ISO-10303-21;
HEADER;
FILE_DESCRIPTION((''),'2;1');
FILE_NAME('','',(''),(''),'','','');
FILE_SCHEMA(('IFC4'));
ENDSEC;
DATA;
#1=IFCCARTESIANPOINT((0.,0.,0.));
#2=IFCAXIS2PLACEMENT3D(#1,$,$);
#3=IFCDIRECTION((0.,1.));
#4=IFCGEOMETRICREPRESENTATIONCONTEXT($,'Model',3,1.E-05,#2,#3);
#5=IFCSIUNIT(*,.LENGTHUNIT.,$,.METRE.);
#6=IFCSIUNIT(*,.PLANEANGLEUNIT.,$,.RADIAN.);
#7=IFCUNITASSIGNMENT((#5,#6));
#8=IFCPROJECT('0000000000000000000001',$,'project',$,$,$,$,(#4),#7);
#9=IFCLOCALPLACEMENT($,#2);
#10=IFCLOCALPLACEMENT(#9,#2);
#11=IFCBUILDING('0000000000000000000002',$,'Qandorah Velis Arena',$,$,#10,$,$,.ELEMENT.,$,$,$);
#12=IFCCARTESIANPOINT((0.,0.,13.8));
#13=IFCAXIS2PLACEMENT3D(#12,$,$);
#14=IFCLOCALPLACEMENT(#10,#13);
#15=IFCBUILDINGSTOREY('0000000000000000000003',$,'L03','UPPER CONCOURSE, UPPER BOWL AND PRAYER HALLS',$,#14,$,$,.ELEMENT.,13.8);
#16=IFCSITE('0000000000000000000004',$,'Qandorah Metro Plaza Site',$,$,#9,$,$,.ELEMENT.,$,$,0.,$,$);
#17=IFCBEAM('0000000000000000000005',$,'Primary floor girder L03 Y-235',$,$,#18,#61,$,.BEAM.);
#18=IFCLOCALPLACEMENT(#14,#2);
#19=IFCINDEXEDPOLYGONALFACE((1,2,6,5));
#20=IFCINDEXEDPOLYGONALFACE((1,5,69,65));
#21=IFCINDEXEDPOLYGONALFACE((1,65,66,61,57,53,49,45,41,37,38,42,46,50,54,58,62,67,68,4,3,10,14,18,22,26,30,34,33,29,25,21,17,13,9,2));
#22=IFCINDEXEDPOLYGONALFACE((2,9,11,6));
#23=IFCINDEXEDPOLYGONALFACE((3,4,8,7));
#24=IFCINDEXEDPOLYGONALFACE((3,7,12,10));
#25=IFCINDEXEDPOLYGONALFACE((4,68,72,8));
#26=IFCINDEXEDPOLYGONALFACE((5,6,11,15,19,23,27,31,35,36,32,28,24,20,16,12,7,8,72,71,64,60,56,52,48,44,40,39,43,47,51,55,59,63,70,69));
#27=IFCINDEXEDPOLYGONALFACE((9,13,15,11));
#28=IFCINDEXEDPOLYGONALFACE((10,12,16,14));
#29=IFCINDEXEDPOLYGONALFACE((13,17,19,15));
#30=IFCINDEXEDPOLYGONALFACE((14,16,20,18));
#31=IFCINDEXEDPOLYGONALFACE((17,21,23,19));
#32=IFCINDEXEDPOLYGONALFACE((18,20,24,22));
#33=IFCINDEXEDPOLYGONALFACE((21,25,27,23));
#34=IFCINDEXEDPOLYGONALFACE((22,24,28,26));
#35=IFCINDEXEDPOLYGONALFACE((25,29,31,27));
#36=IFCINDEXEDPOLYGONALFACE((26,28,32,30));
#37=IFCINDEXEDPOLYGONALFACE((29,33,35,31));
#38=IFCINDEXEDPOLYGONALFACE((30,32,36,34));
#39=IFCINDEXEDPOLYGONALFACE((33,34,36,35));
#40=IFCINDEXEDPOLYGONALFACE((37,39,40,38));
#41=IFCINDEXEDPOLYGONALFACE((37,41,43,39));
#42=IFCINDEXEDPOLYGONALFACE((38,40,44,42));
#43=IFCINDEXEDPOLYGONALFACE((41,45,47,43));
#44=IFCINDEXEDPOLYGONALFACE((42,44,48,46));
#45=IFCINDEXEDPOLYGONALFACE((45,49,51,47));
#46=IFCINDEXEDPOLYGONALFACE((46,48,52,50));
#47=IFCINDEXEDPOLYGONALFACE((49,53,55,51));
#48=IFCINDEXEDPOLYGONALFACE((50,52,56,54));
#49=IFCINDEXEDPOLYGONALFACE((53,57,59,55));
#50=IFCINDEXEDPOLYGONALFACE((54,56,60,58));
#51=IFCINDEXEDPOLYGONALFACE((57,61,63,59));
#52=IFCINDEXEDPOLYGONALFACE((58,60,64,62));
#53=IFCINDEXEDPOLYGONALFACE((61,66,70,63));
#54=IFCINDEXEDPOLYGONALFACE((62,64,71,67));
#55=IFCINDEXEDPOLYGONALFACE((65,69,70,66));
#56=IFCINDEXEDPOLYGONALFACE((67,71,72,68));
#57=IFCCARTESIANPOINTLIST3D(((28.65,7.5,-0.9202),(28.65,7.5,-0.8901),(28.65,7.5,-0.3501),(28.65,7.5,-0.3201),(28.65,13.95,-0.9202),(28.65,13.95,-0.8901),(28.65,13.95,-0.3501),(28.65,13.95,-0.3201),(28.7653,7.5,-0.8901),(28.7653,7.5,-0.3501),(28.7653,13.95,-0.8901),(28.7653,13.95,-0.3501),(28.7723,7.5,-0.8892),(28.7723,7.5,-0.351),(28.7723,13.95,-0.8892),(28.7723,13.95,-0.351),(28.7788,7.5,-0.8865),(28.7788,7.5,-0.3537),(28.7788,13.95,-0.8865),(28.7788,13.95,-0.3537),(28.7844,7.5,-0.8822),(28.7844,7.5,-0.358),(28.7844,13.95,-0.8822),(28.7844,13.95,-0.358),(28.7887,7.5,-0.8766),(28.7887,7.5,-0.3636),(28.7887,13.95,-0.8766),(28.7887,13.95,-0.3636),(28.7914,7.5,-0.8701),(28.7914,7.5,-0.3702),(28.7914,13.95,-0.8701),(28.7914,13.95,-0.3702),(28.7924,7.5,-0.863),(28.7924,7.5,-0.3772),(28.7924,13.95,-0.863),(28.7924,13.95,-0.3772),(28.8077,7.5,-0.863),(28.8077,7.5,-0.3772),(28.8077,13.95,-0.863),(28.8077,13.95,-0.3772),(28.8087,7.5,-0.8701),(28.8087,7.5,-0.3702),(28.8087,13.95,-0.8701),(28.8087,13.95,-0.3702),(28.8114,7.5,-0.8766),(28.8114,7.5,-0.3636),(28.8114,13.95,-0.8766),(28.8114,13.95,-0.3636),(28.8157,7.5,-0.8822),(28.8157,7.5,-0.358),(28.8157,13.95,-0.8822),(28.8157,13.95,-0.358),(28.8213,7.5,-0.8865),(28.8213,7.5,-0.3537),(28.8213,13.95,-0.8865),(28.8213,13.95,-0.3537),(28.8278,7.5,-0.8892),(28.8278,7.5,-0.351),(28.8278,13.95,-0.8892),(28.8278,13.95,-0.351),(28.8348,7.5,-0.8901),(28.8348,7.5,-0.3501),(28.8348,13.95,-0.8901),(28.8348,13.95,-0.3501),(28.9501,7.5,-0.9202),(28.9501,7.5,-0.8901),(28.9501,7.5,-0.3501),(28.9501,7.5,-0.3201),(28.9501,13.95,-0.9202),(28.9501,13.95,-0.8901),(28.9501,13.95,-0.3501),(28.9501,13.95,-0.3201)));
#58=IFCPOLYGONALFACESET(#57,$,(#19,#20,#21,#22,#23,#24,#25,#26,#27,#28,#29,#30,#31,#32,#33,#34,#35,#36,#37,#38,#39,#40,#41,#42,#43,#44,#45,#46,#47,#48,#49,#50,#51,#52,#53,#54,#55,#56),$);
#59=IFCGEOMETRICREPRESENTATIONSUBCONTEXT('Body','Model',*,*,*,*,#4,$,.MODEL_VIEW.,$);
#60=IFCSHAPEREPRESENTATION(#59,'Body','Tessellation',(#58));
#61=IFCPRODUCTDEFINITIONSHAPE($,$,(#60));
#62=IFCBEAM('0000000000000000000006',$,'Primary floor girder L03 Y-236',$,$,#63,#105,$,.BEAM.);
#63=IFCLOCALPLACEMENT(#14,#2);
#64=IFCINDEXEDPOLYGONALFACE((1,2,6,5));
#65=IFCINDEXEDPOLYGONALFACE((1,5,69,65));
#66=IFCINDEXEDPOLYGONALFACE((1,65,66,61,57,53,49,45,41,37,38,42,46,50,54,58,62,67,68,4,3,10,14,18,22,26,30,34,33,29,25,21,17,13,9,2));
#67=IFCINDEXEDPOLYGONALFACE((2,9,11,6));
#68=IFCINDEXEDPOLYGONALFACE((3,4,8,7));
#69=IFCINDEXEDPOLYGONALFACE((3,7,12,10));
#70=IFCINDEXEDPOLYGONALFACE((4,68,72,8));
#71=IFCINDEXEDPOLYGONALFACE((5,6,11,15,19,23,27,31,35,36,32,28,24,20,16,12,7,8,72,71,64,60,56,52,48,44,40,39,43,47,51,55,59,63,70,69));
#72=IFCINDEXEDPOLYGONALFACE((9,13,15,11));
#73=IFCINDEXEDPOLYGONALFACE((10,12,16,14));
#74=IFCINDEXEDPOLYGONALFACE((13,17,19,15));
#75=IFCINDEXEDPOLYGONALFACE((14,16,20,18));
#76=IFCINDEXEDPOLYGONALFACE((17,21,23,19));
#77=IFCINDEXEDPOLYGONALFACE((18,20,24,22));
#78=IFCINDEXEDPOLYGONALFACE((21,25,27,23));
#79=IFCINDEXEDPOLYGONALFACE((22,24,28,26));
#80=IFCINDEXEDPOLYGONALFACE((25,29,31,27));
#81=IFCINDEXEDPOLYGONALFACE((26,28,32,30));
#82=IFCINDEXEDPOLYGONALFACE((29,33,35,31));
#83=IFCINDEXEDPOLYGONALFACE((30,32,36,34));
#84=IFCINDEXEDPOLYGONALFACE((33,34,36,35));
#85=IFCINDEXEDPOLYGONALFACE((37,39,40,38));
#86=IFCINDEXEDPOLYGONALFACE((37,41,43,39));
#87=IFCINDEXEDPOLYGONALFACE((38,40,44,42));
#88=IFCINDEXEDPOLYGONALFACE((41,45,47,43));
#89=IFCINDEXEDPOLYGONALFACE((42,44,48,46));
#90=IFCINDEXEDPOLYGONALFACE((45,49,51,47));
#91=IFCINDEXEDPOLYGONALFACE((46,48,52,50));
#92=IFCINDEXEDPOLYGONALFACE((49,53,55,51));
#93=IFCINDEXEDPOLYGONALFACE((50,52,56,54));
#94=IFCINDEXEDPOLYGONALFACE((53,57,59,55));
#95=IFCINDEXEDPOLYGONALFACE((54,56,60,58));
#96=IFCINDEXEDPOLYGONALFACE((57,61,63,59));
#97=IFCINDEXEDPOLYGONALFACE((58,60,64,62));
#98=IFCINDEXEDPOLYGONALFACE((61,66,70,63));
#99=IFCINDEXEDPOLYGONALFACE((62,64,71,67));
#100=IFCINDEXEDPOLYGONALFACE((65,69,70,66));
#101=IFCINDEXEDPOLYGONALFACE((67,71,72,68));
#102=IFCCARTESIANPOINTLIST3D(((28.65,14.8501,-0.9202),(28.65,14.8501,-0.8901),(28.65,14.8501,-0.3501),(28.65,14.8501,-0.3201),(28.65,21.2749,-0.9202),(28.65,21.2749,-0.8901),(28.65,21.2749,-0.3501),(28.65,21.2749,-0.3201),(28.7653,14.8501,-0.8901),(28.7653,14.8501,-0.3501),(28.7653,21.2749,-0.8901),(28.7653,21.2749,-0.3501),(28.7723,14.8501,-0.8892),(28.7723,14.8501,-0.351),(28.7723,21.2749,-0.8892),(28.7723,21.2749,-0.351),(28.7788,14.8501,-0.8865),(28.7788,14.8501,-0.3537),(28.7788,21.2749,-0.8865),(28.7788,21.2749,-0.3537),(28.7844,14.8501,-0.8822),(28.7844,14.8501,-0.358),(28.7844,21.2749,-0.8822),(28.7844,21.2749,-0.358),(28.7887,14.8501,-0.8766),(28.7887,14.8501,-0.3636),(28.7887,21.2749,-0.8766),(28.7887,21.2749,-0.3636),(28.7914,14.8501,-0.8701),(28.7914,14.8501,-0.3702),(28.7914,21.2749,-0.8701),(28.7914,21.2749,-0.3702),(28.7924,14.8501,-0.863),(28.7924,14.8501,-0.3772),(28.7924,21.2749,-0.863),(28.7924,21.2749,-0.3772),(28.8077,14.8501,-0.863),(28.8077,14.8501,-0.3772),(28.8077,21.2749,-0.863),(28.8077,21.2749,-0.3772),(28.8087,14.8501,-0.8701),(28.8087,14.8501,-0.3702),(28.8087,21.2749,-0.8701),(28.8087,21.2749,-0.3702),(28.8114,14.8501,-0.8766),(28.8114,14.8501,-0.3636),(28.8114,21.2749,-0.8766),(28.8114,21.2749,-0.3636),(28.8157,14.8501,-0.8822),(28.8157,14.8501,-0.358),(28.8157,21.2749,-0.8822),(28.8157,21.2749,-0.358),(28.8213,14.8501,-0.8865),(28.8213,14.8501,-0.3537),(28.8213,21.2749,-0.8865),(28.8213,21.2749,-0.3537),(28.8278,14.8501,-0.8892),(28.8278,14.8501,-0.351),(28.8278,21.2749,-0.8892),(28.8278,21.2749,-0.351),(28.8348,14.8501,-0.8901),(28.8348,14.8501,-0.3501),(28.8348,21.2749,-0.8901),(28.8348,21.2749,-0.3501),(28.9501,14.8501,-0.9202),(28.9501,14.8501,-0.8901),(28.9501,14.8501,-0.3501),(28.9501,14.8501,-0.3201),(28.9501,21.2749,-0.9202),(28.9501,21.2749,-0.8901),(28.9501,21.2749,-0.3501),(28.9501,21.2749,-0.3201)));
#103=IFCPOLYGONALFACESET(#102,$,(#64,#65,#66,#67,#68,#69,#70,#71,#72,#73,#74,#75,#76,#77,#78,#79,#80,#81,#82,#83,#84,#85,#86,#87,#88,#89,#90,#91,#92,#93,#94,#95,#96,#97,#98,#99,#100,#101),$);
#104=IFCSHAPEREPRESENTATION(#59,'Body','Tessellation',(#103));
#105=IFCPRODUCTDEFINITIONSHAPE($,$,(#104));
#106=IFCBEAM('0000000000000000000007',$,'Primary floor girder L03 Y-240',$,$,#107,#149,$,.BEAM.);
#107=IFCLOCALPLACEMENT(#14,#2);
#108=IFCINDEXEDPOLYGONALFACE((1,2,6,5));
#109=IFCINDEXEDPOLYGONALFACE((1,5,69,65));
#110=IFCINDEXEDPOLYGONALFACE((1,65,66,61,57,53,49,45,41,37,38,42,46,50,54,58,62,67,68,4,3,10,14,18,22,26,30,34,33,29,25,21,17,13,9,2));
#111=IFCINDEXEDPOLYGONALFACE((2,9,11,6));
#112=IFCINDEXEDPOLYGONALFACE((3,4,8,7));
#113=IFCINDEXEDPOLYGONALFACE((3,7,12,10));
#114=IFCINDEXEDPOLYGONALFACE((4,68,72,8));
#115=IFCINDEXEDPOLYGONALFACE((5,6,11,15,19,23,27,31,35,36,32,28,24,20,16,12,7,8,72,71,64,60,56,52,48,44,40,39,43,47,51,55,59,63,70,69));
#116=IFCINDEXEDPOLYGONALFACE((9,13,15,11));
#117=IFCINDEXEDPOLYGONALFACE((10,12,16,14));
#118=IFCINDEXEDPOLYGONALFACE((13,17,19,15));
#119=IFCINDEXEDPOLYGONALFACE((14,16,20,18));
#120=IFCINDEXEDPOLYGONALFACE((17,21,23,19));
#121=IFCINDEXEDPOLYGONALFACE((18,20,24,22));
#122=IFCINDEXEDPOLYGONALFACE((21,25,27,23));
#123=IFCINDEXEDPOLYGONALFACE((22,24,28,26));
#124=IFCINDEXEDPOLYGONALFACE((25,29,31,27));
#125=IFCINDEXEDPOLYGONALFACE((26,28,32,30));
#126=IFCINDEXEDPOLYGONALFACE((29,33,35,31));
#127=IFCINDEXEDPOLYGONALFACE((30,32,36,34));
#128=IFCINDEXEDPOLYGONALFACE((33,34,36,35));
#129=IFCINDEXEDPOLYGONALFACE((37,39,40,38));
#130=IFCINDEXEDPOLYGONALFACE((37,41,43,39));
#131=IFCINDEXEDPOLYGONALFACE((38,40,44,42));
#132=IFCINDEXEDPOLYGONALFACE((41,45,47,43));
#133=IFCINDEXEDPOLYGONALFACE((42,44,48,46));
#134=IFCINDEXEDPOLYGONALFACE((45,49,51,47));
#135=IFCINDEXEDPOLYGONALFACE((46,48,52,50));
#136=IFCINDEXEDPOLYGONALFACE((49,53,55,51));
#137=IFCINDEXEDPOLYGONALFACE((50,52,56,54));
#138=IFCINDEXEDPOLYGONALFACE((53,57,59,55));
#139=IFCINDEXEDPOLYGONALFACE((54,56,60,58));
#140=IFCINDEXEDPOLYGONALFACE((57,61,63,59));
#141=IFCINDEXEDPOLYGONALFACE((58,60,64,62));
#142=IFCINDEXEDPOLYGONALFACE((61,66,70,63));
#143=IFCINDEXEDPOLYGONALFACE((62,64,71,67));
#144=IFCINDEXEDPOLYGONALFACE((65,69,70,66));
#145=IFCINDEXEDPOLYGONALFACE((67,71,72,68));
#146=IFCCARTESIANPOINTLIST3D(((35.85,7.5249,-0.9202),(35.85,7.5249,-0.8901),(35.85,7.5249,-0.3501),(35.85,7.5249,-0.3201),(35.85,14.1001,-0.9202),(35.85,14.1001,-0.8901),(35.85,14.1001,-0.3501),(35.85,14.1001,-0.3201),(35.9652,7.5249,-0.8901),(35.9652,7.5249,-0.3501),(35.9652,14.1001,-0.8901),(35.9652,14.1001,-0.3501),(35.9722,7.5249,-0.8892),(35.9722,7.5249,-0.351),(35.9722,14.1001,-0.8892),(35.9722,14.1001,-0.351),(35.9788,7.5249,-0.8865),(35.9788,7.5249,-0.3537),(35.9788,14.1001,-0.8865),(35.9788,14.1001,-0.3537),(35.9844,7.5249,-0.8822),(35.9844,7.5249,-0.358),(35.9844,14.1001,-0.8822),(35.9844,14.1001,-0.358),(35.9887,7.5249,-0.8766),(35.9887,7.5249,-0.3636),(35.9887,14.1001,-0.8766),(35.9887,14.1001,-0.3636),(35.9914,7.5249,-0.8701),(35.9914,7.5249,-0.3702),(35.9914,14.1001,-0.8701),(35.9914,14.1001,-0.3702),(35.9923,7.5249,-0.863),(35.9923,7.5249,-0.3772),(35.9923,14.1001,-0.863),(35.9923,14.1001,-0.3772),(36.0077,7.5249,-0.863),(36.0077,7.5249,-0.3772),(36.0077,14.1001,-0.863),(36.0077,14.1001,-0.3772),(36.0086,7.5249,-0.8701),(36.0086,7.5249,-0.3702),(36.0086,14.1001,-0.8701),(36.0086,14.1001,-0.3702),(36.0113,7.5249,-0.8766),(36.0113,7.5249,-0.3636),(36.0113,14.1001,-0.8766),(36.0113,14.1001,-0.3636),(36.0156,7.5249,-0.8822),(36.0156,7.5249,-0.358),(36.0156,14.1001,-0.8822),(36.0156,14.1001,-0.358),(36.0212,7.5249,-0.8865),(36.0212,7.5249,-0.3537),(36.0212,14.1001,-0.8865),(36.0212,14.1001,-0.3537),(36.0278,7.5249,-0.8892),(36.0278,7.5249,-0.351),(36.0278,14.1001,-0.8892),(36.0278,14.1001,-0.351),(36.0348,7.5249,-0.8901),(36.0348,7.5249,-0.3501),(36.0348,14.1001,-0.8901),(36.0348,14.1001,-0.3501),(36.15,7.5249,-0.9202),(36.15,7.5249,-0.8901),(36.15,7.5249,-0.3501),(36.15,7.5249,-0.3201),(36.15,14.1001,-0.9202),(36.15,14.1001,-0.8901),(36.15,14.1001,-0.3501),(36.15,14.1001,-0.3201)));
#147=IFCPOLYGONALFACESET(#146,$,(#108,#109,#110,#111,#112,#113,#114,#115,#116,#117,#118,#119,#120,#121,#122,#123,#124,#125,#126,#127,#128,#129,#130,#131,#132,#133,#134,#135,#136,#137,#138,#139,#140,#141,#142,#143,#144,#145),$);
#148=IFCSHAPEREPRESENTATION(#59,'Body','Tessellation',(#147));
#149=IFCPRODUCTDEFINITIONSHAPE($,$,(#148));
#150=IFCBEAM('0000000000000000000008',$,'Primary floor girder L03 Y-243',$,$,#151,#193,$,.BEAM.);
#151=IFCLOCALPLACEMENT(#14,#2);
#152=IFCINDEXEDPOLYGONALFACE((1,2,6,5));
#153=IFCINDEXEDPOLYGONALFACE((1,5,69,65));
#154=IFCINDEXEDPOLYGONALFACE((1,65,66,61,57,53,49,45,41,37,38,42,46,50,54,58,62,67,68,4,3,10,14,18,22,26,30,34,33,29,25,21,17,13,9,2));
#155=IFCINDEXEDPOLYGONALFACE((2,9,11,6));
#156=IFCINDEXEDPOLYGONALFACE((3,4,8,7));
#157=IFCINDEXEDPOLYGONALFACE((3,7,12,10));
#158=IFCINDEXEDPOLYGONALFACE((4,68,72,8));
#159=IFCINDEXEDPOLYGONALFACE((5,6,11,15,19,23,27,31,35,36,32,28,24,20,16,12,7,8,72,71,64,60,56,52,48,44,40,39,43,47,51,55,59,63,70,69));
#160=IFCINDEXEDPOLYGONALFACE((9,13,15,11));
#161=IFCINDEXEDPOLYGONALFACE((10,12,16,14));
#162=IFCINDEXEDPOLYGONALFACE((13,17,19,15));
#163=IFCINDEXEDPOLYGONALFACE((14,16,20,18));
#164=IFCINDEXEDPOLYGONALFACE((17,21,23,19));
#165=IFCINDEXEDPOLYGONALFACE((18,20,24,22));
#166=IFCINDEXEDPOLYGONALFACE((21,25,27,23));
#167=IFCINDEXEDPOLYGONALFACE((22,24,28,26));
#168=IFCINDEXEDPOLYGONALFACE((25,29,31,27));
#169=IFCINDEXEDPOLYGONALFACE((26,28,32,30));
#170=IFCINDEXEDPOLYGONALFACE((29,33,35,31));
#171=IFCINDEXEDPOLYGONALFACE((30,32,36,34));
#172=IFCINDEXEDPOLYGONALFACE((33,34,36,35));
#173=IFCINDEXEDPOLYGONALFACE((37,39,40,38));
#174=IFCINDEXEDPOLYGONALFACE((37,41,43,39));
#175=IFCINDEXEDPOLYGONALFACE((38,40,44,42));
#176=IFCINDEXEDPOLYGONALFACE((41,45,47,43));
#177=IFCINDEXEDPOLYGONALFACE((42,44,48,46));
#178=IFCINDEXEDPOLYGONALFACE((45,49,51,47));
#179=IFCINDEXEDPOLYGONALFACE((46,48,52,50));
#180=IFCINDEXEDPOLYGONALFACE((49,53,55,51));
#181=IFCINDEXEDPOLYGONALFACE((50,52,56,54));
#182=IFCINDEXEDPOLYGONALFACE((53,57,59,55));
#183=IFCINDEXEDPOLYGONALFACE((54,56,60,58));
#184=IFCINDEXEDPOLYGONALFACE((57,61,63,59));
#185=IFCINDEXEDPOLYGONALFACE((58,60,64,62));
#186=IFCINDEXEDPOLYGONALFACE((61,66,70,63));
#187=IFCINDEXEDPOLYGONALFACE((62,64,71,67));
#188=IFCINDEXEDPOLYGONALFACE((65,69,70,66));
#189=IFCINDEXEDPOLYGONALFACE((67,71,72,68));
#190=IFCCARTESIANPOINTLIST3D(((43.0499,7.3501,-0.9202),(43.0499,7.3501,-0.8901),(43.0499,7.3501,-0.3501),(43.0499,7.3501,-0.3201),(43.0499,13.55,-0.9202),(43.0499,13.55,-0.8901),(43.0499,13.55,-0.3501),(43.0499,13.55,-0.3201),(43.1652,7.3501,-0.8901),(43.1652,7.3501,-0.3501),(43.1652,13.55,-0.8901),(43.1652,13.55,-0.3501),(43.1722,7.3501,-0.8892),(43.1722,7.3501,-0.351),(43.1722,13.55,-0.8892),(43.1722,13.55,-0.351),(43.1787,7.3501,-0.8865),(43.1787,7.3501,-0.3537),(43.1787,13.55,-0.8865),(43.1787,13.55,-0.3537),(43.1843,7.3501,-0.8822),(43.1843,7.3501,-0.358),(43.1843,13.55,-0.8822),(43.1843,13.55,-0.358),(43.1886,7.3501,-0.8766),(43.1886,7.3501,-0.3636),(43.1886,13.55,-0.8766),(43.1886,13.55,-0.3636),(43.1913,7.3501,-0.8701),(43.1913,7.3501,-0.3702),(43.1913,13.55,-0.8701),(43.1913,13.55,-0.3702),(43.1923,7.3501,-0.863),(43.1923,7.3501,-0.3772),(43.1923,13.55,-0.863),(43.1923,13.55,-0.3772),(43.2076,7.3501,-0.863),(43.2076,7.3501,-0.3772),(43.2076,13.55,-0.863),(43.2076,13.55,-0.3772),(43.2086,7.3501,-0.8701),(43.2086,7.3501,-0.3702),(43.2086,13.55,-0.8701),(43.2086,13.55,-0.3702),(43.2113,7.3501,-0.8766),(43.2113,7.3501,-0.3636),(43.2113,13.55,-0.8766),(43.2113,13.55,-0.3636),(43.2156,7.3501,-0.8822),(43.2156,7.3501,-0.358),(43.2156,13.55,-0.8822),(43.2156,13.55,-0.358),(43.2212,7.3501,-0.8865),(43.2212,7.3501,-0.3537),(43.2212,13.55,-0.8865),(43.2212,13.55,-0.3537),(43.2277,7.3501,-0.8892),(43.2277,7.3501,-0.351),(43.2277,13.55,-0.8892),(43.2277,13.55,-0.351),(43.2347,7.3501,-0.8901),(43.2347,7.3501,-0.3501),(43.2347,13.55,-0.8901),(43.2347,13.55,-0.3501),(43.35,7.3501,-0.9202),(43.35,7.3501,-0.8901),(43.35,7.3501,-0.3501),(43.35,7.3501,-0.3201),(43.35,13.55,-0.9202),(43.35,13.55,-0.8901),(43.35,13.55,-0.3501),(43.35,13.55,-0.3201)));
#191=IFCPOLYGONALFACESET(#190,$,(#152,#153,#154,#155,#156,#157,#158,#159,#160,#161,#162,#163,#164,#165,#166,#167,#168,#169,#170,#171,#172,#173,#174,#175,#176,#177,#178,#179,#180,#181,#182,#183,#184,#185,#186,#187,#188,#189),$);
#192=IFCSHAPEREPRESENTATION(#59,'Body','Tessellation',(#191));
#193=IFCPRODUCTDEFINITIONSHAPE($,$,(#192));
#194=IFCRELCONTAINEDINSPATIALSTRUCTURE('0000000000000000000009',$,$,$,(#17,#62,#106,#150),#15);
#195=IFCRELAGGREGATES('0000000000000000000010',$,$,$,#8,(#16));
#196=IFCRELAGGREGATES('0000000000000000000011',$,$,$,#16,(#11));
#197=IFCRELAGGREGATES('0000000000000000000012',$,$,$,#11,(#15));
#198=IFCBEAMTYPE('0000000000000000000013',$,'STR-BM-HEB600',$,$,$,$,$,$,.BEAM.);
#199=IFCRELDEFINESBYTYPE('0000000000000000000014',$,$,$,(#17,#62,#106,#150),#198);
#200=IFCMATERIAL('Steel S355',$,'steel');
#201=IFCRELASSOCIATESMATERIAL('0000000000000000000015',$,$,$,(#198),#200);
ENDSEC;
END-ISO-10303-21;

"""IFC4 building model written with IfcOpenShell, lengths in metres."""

from ifc_helpers import new_model, si_unit, direction, frame, origin, origin_2d, place, context, subcontext, project, spatial, i_section, extrude, material, material_profile, profile_set, type_object, element, save


model = new_model("IFC4")

# Units and contexts
model_context = context("Model", 3, precision=1e-05, world=origin(), true_north=direction((0.0, 1.0)))
body_context = subcontext(model_context, "Body", "Model", "MODEL_VIEW")
ifc_project = project(units=[si_unit("LENGTHUNIT", "METRE"), si_unit("PLANEANGLEUNIT", "RADIAN")], contexts=[model_context])

# Site, building, storey
site_placement = place(None, origin())
site = spatial("IfcSite", under=ifc_project, at=site_placement, Name="Qandorah Metro Plaza Site", CompositionType="ELEMENT", RefElevation=0.0)
building_placement = place(site_placement, origin())
building = spatial("IfcBuilding", under=site, at=building_placement, Name="Qandorah Velis Arena", CompositionType="ELEMENT")
storey_placement = place(building_placement, frame((0.0, 0.0, 13.8)))
storey = spatial("IfcBuildingStorey", under=building, at=storey_placement, Name="L03", Description="UPPER CONCOURSE, UPPER BOWL AND PRAYER HALLS", CompositionType="ELEMENT", Elevation=13.8)

# Beams
ifc_material_1 = material(Name="Steel S355", Category="steel")
ifc_material_profile_1 = material_profile(ifc_material_1, i_section(OverallWidth=0.3, OverallDepth=0.6001, WebThickness=0.0154, FlangeThickness=0.03, FilletRadius=0.0271, at=origin_2d()), Name="HEB 600")
ifc_profile_set_1 = profile_set([ifc_material_profile_1], Name="Steel S355")
beam_type_1 = type_object("IfcBeamType", Name="STR-BM-HEB600", PredefinedType="BEAM", material=ifc_profile_set_1)
beam_1_placement = place(storey_placement, frame((28.8, 7.5, -0.6201), z_axis=(0.0, 1.0, 0.0), x_axis=(-1.0, 0.0, 0.0)))
element("IfcBeam", 1, at=beam_1_placement, inside=storey, type_object=beam_type_1, Name="Primary floor girder L03 Y-235", PredefinedType="BEAM", context=body_context, shape_type="SweptSolid", body=[
    extrude(i_section(OverallWidth=0.3, OverallDepth=0.6001, WebThickness=0.0154, FlangeThickness=0.03, FilletRadius=0.0271, at=origin_2d()), origin(), (0.0, 0.0, 1.0), 6.45),
])
beam_2_placement = place(storey_placement, frame((28.8, 14.8501, -0.6201), z_axis=(0.0, 1.0, 0.0), x_axis=(-1.0, 0.0, 0.0)))
element("IfcBeam", 2, at=beam_2_placement, inside=storey, type_object=beam_type_1, Name="Primary floor girder L03 Y-236", PredefinedType="BEAM", context=body_context, shape_type="SweptSolid", body=[
    extrude(i_section(OverallWidth=0.3, OverallDepth=0.6001, WebThickness=0.0154, FlangeThickness=0.03, FilletRadius=0.0271, at=origin_2d()), origin(), (0.0, 0.0, 1.0), 6.4248),
])
beam_3_placement = place(storey_placement, frame((36.0, 7.5249, -0.6201), z_axis=(0.0, 1.0, 0.0), x_axis=(-1.0, 0.0, 0.0)))
element("IfcBeam", 3, at=beam_3_placement, inside=storey, type_object=beam_type_1, Name="Primary floor girder L03 Y-240", PredefinedType="BEAM", context=body_context, shape_type="SweptSolid", body=[
    extrude(i_section(OverallWidth=0.3, OverallDepth=0.6001, WebThickness=0.0154, FlangeThickness=0.03, FilletRadius=0.0271, at=origin_2d()), origin(), (0.0, 0.0, 1.0), 6.5752),
])
beam_4_placement = place(storey_placement, frame((43.2, 7.3501, -0.6201), z_axis=(0.0, 1.0, 0.0), x_axis=(-1.0, 0.0, 0.0)))
element("IfcBeam", 4, at=beam_4_placement, inside=storey, type_object=beam_type_1, Name="Primary floor girder L03 Y-243", PredefinedType="BEAM", context=body_context, shape_type="SweptSolid", body=[
    extrude(i_section(OverallWidth=0.3, OverallDepth=0.6001, WebThickness=0.0154, FlangeThickness=0.03, FilletRadius=0.0271, at=origin_2d()), origin(), (0.0, 0.0, 1.0), 6.2),
])

save(model, "model.ifc")
